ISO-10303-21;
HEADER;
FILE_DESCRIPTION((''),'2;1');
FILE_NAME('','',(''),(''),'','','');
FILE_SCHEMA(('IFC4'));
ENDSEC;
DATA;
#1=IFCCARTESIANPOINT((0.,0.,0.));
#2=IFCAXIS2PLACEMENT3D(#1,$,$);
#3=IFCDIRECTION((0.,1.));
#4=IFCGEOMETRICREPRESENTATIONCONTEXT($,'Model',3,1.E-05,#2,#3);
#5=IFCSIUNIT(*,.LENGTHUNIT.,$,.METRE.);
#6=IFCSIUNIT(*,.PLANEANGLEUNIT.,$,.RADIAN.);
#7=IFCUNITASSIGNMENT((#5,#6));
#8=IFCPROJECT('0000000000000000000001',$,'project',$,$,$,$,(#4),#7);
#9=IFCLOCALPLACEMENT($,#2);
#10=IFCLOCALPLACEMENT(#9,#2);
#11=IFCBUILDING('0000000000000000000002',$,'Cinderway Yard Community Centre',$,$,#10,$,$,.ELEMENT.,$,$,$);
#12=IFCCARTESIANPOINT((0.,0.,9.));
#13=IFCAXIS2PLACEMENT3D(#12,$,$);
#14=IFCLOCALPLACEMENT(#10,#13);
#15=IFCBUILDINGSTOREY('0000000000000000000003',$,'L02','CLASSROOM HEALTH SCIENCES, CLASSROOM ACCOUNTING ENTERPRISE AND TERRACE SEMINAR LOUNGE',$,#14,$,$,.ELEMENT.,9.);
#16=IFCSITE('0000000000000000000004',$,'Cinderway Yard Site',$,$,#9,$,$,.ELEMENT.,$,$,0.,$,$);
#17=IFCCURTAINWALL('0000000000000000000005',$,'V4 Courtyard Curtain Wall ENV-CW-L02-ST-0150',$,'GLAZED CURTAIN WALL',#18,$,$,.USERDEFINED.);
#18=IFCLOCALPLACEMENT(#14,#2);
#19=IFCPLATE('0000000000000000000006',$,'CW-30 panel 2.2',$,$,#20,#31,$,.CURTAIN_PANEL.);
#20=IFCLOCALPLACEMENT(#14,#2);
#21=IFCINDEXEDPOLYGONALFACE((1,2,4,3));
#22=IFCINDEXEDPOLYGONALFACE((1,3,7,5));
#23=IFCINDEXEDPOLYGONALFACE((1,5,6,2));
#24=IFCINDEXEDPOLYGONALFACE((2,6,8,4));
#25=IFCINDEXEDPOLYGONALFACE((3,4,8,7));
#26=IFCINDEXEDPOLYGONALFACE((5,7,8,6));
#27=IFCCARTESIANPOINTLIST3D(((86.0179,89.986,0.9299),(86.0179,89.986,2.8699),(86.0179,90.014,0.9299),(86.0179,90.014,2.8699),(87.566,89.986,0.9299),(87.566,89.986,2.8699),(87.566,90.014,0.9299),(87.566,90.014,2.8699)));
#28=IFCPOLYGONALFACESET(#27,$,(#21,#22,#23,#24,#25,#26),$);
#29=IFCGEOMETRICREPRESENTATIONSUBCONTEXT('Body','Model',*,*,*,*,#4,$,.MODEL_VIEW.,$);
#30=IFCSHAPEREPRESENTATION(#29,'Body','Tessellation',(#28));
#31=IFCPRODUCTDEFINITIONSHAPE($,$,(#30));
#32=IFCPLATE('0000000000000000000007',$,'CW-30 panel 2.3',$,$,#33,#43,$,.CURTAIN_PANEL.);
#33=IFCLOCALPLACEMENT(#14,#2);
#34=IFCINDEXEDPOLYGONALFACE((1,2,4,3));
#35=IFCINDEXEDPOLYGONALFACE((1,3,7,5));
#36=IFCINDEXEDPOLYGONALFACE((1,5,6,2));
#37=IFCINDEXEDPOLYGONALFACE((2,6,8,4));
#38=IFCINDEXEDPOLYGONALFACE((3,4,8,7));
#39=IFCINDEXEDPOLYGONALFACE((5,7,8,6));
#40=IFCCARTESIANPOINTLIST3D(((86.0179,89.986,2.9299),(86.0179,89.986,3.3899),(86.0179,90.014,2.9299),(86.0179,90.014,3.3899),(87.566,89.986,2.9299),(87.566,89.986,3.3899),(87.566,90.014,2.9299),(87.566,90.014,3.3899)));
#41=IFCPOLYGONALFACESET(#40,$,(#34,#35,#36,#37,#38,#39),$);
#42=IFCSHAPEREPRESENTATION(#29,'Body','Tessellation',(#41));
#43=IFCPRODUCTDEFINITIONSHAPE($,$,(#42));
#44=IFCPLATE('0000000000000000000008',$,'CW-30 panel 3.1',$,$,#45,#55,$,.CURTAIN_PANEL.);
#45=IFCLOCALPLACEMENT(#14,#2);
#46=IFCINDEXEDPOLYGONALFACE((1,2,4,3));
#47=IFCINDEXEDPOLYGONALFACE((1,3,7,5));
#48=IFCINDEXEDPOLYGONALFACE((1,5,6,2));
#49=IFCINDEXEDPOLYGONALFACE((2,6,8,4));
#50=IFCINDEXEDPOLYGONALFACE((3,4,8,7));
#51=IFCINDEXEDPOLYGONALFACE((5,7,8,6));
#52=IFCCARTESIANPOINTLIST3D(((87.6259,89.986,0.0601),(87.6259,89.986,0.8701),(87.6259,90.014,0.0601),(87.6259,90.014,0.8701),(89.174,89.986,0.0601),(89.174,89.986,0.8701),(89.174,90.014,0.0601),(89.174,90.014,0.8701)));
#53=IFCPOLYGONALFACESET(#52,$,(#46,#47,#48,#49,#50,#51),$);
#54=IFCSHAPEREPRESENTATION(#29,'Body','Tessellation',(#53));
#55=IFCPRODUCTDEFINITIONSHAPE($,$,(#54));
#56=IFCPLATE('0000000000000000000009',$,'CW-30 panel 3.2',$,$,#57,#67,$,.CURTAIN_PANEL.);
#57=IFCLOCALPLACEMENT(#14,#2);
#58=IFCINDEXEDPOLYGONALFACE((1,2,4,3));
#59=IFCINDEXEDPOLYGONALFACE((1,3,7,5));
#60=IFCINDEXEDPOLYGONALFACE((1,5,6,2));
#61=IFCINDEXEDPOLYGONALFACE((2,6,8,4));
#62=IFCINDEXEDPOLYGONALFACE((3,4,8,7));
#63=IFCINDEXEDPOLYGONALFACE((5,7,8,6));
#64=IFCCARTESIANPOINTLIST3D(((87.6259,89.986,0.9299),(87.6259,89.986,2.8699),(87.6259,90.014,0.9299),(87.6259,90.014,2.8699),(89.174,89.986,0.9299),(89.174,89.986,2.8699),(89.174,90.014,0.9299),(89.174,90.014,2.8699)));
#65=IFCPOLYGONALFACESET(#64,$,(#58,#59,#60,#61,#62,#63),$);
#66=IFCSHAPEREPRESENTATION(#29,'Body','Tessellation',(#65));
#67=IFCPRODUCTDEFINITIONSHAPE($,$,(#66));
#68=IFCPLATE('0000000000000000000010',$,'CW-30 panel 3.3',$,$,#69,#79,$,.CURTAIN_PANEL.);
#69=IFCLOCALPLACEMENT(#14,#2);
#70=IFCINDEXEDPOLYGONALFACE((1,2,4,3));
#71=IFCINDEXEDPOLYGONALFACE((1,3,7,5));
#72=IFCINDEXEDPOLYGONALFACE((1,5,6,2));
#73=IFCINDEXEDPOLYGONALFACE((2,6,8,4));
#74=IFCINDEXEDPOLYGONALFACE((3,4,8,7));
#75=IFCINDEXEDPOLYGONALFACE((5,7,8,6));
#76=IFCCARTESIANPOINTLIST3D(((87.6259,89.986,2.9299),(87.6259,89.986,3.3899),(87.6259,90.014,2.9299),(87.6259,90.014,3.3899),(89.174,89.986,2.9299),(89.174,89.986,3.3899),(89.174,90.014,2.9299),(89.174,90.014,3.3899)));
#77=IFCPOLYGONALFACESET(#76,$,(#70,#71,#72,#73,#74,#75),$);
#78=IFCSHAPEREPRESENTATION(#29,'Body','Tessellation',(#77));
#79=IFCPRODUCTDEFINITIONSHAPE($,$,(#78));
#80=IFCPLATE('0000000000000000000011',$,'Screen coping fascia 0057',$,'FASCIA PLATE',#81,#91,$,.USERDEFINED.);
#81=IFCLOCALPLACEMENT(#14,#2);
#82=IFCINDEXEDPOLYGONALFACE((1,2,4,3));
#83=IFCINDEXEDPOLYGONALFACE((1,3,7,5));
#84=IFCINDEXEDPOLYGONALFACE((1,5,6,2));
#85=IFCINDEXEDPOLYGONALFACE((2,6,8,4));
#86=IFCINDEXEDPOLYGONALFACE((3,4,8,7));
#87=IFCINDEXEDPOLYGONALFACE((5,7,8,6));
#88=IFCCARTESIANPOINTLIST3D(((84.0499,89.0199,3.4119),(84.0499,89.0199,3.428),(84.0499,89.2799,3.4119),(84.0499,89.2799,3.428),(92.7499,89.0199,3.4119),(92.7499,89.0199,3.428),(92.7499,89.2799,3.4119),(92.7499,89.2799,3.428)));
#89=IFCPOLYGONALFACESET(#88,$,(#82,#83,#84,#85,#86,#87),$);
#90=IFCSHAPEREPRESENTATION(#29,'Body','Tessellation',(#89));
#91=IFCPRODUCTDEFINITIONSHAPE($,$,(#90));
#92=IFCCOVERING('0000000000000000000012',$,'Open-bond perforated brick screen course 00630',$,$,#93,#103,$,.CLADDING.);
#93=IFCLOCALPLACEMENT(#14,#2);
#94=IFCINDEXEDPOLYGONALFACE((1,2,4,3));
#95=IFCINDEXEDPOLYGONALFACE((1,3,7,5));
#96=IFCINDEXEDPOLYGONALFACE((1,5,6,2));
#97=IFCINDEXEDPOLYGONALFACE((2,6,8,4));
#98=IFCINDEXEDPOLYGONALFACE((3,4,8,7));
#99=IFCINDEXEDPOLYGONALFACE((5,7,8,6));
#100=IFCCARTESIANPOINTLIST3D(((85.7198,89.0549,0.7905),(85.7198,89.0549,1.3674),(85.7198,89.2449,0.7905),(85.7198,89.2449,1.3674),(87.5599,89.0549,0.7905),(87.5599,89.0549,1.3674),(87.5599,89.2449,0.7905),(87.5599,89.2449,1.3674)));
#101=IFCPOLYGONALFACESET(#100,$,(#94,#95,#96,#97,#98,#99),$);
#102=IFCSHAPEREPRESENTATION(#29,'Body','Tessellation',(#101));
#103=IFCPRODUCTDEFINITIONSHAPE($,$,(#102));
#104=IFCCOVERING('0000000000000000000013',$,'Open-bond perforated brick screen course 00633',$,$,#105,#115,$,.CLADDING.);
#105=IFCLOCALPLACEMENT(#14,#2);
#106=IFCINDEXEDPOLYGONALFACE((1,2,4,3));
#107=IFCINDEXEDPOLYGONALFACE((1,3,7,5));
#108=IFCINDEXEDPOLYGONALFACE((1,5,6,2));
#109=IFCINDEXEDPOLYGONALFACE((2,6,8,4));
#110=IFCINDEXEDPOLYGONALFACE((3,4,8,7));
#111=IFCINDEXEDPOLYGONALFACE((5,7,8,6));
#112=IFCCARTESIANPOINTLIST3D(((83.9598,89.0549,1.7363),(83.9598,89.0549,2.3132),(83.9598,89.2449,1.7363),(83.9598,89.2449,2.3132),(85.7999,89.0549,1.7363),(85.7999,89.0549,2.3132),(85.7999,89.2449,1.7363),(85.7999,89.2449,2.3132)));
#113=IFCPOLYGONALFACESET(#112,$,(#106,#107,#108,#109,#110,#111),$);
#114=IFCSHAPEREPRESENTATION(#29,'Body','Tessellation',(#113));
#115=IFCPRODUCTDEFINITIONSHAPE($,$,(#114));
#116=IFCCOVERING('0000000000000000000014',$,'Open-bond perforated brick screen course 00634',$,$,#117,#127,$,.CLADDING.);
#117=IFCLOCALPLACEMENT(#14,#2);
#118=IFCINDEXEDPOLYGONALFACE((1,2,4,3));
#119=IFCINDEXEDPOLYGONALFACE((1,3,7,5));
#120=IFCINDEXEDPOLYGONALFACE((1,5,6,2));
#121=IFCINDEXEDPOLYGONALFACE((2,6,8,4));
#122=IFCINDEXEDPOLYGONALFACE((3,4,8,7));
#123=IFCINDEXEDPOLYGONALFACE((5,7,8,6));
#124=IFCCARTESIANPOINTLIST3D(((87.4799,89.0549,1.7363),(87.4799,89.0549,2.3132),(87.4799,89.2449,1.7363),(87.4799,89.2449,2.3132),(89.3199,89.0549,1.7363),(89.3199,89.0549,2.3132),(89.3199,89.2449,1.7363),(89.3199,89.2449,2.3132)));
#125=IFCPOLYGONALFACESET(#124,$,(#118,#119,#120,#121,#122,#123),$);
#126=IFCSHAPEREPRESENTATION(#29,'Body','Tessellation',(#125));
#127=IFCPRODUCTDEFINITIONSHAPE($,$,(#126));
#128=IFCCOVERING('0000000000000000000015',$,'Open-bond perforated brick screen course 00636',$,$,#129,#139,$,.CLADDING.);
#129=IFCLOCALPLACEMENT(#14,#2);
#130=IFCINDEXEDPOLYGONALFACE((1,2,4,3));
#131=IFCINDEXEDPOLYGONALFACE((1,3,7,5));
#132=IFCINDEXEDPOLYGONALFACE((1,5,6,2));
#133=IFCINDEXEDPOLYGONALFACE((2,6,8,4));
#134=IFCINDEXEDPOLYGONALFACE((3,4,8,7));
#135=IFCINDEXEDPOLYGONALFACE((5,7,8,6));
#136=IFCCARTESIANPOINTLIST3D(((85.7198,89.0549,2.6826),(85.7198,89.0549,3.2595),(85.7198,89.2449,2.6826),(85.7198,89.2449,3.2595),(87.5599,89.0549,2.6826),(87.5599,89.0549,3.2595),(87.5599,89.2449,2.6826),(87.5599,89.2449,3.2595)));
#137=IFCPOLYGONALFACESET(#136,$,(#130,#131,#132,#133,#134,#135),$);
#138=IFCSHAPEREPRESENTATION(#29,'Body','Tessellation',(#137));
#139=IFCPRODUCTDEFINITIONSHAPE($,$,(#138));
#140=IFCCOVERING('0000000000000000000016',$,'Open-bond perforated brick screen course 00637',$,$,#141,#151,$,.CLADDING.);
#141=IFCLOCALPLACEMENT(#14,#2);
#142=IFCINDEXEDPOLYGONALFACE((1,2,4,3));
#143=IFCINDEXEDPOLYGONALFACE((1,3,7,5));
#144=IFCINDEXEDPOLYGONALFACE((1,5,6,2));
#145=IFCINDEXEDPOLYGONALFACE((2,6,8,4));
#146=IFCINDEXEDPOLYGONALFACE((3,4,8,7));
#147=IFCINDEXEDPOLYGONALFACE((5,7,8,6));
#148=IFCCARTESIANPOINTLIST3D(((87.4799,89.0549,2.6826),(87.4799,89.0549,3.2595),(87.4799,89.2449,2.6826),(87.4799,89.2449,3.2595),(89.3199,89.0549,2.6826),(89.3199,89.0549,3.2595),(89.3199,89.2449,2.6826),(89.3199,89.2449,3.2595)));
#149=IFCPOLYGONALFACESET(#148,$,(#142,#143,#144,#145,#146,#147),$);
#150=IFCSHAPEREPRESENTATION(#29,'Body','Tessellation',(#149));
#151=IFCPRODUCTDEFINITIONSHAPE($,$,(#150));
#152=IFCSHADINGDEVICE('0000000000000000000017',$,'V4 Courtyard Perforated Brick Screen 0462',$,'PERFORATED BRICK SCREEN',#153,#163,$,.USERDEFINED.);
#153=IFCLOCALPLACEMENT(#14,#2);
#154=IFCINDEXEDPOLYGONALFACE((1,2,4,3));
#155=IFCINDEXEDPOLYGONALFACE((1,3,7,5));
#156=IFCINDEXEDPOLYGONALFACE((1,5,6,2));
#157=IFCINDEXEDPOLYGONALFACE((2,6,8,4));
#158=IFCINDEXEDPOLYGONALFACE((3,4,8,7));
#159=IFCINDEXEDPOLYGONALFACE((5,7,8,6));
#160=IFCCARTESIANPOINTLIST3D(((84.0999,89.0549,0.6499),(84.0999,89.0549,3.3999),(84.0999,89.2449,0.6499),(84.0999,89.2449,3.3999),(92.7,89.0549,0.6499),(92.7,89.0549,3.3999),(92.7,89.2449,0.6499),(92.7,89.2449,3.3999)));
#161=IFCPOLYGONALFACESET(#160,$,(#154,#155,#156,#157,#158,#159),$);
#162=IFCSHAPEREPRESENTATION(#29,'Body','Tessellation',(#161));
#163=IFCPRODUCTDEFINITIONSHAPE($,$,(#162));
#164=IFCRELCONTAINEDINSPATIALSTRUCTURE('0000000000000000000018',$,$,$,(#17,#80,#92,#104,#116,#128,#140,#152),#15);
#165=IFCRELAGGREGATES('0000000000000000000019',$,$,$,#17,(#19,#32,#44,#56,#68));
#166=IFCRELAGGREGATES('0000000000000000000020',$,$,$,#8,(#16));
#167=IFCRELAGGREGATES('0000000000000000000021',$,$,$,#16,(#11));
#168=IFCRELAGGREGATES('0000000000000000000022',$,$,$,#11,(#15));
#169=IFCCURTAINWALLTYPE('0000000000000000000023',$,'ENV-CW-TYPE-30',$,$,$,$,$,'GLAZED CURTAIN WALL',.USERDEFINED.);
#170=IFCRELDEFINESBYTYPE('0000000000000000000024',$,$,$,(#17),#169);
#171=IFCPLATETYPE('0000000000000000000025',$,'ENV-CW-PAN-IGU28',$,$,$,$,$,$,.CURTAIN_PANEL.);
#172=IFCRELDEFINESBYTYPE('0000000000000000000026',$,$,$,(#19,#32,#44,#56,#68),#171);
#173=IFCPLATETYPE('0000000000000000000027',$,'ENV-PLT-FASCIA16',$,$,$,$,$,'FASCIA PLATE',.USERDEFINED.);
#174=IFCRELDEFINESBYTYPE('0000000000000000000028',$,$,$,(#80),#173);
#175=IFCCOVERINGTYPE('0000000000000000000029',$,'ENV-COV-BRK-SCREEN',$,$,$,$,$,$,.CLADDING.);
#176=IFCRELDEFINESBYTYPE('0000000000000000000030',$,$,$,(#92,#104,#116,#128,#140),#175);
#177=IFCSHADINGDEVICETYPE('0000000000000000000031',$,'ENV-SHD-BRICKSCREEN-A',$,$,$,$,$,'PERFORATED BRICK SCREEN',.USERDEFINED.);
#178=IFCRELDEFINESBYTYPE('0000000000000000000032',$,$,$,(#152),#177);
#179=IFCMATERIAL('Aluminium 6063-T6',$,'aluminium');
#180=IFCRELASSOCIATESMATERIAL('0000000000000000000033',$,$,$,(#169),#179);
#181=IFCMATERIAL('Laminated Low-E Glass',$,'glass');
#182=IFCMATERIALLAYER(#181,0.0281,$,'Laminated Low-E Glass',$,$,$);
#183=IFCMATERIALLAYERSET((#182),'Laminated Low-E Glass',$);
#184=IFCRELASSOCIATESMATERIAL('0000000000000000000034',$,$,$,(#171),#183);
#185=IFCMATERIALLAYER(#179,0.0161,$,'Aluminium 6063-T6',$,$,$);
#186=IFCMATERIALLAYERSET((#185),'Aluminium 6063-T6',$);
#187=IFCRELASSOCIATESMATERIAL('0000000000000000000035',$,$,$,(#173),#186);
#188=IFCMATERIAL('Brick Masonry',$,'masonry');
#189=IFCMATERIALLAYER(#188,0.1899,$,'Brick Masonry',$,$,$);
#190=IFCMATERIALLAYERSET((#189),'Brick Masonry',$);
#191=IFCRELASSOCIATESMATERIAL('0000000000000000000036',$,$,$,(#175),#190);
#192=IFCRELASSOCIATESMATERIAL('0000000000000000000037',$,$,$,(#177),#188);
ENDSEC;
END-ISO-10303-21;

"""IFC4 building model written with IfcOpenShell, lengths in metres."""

from ifc_helpers import new_model, si_unit, direction, frame, origin, origin_2d, place, context, subcontext, project, spatial, rectangle, extrude, material, layer, layer_set, type_object, element, aggregate, save


model = new_model("IFC4")

# Units and contexts
model_context = context("Model", 3, precision=1e-05, world=origin(), true_north=direction((0.0, 1.0)))
body_context = subcontext(model_context, "Body", "Model", "MODEL_VIEW")
ifc_project = project(units=[si_unit("LENGTHUNIT", "METRE"), si_unit("PLANEANGLEUNIT", "RADIAN")], contexts=[model_context])

# Site, building, storey
site_placement = place(None, origin())
site = spatial("IfcSite", under=ifc_project, at=site_placement, Name="Cinderway Yard Site", CompositionType="ELEMENT", RefElevation=0.0)
building_placement = place(site_placement, origin())
building = spatial("IfcBuilding", under=site, at=building_placement, Name="Cinderway Yard Community Centre", CompositionType="ELEMENT")
storey_placement = place(building_placement, frame((0.0, 0.0, 9.0)))
storey = spatial("IfcBuildingStorey", under=building, at=storey_placement, Name="L02", Description="CLASSROOM HEALTH SCIENCES, CLASSROOM ACCOUNTING ENTERPRISE AND TERRACE SEMINAR LOUNGE", CompositionType="ELEMENT", Elevation=9.0)

# Curtain wall
ifc_material_1 = material(Name="Aluminium 6063-T6", Category="aluminium")
curtain_wall_type = type_object("IfcCurtainWallType", Name="ENV-CW-TYPE-30", ElementType="GLAZED CURTAIN WALL", PredefinedType="USERDEFINED", material=ifc_material_1)
curtain_wall_placement = place(storey_placement, origin())
curtain_wall = element("IfcCurtainWall", 1, at=curtain_wall_placement, inside=storey, type_object=curtain_wall_type, Name="V4 Courtyard Curtain Wall ENV-CW-L02-ST-0150", ObjectType="GLAZED CURTAIN WALL", PredefinedType="USERDEFINED")

# Plates
ifc_material_2 = material(Name="Laminated Low-E Glass", Category="glass")
ifc_layer_1 = layer(ifc_material_2, 0.0281, Name="Laminated Low-E Glass")
ifc_layer_set_1 = layer_set([ifc_layer_1], Name="Laminated Low-E Glass")
plate_type_1 = type_object("IfcPlateType", Name="ENV-CW-PAN-IGU28", PredefinedType="CURTAIN_PANEL", material=ifc_layer_set_1)
plate_1_placement = place(storey_placement, frame((86.792, 90.0, 0.9299), z_axis=(0.0, 0.0, 1.0), x_axis=(1.0, 0.0, 0.0)))
plate_1 = element("IfcPlate", 2, at=plate_1_placement, type_object=plate_type_1, Name="CW-30 panel 2.2", PredefinedType="CURTAIN_PANEL", context=body_context, shape_type="SweptSolid", body=[
    extrude(rectangle(XDim=1.5481, YDim=0.0281, at=origin_2d()), origin(), (0.0, 0.0, 1.0), 1.9399),
])
plate_2_placement = place(storey_placement, frame((86.792, 90.0, 2.9299), z_axis=(0.0, 0.0, 1.0), x_axis=(1.0, 0.0, 0.0)))
plate_2 = element("IfcPlate", 3, at=plate_2_placement, type_object=plate_type_1, Name="CW-30 panel 2.3", PredefinedType="CURTAIN_PANEL", context=body_context, shape_type="SweptSolid", body=[
    extrude(rectangle(XDim=1.5481, YDim=0.0281, at=origin_2d()), origin(), (0.0, 0.0, 1.0), 0.46),
])
plate_3_placement = place(storey_placement, frame((88.3999, 90.0, 0.0601), z_axis=(0.0, 0.0, 1.0), x_axis=(1.0, 0.0, 0.0)))
plate_3 = element("IfcPlate", 4, at=plate_3_placement, type_object=plate_type_1, Name="CW-30 panel 3.1", PredefinedType="CURTAIN_PANEL", context=body_context, shape_type="SweptSolid", body=[
    extrude(rectangle(XDim=1.5481, YDim=0.0281, at=origin_2d()), origin(), (0.0, 0.0, 1.0), 0.8101),
])
plate_4_placement = place(storey_placement, frame((88.3999, 90.0, 0.9299), z_axis=(0.0, 0.0, 1.0), x_axis=(1.0, 0.0, 0.0)))
plate_4 = element("IfcPlate", 5, at=plate_4_placement, type_object=plate_type_1, Name="CW-30 panel 3.2", PredefinedType="CURTAIN_PANEL", context=body_context, shape_type="SweptSolid", body=[
    extrude(rectangle(XDim=1.5481, YDim=0.0281, at=origin_2d()), origin(), (0.0, 0.0, 1.0), 1.9399),
])
plate_5_placement = place(storey_placement, frame((88.3999, 90.0, 2.9299), z_axis=(0.0, 0.0, 1.0), x_axis=(1.0, 0.0, 0.0)))
plate_5 = element("IfcPlate", 6, at=plate_5_placement, type_object=plate_type_1, Name="CW-30 panel 3.3", PredefinedType="CURTAIN_PANEL", context=body_context, shape_type="SweptSolid", body=[
    extrude(rectangle(XDim=1.5481, YDim=0.0281, at=origin_2d()), origin(), (0.0, 0.0, 1.0), 0.46),
])
aggregate(curtain_wall, [plate_1, plate_2, plate_3, plate_4, plate_5])
ifc_layer_2 = layer(ifc_material_1, 0.0161, Name="Aluminium 6063-T6")
ifc_layer_set_2 = layer_set([ifc_layer_2], Name="Aluminium 6063-T6")
plate_type_2 = type_object("IfcPlateType", Name="ENV-PLT-FASCIA16", ElementType="FASCIA PLATE", PredefinedType="USERDEFINED", material=ifc_layer_set_2)
plate_6_placement = place(storey_placement, frame((88.3999, 89.1499, 3.4119), z_axis=(0.0, 0.0, 1.0), x_axis=(-1.0, 0.0, 0.0)))
element("IfcPlate", 7, at=plate_6_placement, inside=storey, type_object=plate_type_2, Name="Screen coping fascia 0057", ObjectType="FASCIA PLATE", PredefinedType="USERDEFINED", context=body_context, shape_type="SweptSolid", body=[
    extrude(rectangle(XDim=8.7, YDim=0.26, at=origin_2d()), origin(), (0.0, 0.0, 1.0), 0.0161),
])

# Coverings
ifc_material_3 = material(Name="Brick Masonry", Category="masonry")
ifc_layer_3 = layer(ifc_material_3, 0.1899, Name="Brick Masonry")
ifc_layer_set_3 = layer_set([ifc_layer_3], Name="Brick Masonry")
covering_type = type_object("IfcCoveringType", Name="ENV-COV-BRK-SCREEN", PredefinedType="CLADDING", material=ifc_layer_set_3)
for number, where, z_axis, x_axis, name in (
    (8, (86.6399, 89.1499, 0.7905), (0.0, 0.0, 1.0), (-1.0, 0.0, 0.0), "Open-bond perforated brick screen course 00630"),
    (9, (84.8799, 89.1499, 1.7363), (0.0, 0.0, 1.0), (-1.0, 0.0, 0.0), "Open-bond perforated brick screen course 00633"),
    (10, (88.3999, 89.1499, 1.7363), (0.0, 0.0, 1.0), (-1.0, 0.0, 0.0), "Open-bond perforated brick screen course 00634"),
    (11, (86.6399, 89.1499, 2.6826), (0.0, 0.0, 1.0), (-1.0, 0.0, 0.0), "Open-bond perforated brick screen course 00636"),
    (12, (88.3999, 89.1499, 2.6826), (0.0, 0.0, 1.0), (-1.0, 0.0, 0.0), "Open-bond perforated brick screen course 00637"),
):
    element("IfcCovering", number, at=place(storey_placement, frame(where, z_axis=z_axis, x_axis=x_axis)), inside=storey, type_object=covering_type, Name=name, PredefinedType="CLADDING", context=body_context, shape_type="SweptSolid", body=[
        extrude(rectangle(XDim=1.8401, YDim=0.1899, at=origin_2d()), origin(), (0.0, 0.0, 1.0), 0.5769),
    ])

# Shading device
shading_device_type = type_object("IfcShadingDeviceType", Name="ENV-SHD-BRICKSCREEN-A", ElementType="PERFORATED BRICK SCREEN", PredefinedType="USERDEFINED", material=ifc_material_3)
shading_device_placement = place(storey_placement, frame((88.3999, 89.1499, 0.6499), z_axis=(0.0, 0.0, 1.0), x_axis=(-1.0, 0.0, 0.0)))
element("IfcShadingDevice", 13, at=shading_device_placement, inside=storey, type_object=shading_device_type, Name="V4 Courtyard Perforated Brick Screen 0462", ObjectType="PERFORATED BRICK SCREEN", PredefinedType="USERDEFINED", context=body_context, shape_type="SweptSolid", body=[
    extrude(rectangle(XDim=8.6001, YDim=0.1899, at=origin_2d()), origin(), (0.0, 0.0, 1.0), 2.75),
])

save(model, "model.ifc")
